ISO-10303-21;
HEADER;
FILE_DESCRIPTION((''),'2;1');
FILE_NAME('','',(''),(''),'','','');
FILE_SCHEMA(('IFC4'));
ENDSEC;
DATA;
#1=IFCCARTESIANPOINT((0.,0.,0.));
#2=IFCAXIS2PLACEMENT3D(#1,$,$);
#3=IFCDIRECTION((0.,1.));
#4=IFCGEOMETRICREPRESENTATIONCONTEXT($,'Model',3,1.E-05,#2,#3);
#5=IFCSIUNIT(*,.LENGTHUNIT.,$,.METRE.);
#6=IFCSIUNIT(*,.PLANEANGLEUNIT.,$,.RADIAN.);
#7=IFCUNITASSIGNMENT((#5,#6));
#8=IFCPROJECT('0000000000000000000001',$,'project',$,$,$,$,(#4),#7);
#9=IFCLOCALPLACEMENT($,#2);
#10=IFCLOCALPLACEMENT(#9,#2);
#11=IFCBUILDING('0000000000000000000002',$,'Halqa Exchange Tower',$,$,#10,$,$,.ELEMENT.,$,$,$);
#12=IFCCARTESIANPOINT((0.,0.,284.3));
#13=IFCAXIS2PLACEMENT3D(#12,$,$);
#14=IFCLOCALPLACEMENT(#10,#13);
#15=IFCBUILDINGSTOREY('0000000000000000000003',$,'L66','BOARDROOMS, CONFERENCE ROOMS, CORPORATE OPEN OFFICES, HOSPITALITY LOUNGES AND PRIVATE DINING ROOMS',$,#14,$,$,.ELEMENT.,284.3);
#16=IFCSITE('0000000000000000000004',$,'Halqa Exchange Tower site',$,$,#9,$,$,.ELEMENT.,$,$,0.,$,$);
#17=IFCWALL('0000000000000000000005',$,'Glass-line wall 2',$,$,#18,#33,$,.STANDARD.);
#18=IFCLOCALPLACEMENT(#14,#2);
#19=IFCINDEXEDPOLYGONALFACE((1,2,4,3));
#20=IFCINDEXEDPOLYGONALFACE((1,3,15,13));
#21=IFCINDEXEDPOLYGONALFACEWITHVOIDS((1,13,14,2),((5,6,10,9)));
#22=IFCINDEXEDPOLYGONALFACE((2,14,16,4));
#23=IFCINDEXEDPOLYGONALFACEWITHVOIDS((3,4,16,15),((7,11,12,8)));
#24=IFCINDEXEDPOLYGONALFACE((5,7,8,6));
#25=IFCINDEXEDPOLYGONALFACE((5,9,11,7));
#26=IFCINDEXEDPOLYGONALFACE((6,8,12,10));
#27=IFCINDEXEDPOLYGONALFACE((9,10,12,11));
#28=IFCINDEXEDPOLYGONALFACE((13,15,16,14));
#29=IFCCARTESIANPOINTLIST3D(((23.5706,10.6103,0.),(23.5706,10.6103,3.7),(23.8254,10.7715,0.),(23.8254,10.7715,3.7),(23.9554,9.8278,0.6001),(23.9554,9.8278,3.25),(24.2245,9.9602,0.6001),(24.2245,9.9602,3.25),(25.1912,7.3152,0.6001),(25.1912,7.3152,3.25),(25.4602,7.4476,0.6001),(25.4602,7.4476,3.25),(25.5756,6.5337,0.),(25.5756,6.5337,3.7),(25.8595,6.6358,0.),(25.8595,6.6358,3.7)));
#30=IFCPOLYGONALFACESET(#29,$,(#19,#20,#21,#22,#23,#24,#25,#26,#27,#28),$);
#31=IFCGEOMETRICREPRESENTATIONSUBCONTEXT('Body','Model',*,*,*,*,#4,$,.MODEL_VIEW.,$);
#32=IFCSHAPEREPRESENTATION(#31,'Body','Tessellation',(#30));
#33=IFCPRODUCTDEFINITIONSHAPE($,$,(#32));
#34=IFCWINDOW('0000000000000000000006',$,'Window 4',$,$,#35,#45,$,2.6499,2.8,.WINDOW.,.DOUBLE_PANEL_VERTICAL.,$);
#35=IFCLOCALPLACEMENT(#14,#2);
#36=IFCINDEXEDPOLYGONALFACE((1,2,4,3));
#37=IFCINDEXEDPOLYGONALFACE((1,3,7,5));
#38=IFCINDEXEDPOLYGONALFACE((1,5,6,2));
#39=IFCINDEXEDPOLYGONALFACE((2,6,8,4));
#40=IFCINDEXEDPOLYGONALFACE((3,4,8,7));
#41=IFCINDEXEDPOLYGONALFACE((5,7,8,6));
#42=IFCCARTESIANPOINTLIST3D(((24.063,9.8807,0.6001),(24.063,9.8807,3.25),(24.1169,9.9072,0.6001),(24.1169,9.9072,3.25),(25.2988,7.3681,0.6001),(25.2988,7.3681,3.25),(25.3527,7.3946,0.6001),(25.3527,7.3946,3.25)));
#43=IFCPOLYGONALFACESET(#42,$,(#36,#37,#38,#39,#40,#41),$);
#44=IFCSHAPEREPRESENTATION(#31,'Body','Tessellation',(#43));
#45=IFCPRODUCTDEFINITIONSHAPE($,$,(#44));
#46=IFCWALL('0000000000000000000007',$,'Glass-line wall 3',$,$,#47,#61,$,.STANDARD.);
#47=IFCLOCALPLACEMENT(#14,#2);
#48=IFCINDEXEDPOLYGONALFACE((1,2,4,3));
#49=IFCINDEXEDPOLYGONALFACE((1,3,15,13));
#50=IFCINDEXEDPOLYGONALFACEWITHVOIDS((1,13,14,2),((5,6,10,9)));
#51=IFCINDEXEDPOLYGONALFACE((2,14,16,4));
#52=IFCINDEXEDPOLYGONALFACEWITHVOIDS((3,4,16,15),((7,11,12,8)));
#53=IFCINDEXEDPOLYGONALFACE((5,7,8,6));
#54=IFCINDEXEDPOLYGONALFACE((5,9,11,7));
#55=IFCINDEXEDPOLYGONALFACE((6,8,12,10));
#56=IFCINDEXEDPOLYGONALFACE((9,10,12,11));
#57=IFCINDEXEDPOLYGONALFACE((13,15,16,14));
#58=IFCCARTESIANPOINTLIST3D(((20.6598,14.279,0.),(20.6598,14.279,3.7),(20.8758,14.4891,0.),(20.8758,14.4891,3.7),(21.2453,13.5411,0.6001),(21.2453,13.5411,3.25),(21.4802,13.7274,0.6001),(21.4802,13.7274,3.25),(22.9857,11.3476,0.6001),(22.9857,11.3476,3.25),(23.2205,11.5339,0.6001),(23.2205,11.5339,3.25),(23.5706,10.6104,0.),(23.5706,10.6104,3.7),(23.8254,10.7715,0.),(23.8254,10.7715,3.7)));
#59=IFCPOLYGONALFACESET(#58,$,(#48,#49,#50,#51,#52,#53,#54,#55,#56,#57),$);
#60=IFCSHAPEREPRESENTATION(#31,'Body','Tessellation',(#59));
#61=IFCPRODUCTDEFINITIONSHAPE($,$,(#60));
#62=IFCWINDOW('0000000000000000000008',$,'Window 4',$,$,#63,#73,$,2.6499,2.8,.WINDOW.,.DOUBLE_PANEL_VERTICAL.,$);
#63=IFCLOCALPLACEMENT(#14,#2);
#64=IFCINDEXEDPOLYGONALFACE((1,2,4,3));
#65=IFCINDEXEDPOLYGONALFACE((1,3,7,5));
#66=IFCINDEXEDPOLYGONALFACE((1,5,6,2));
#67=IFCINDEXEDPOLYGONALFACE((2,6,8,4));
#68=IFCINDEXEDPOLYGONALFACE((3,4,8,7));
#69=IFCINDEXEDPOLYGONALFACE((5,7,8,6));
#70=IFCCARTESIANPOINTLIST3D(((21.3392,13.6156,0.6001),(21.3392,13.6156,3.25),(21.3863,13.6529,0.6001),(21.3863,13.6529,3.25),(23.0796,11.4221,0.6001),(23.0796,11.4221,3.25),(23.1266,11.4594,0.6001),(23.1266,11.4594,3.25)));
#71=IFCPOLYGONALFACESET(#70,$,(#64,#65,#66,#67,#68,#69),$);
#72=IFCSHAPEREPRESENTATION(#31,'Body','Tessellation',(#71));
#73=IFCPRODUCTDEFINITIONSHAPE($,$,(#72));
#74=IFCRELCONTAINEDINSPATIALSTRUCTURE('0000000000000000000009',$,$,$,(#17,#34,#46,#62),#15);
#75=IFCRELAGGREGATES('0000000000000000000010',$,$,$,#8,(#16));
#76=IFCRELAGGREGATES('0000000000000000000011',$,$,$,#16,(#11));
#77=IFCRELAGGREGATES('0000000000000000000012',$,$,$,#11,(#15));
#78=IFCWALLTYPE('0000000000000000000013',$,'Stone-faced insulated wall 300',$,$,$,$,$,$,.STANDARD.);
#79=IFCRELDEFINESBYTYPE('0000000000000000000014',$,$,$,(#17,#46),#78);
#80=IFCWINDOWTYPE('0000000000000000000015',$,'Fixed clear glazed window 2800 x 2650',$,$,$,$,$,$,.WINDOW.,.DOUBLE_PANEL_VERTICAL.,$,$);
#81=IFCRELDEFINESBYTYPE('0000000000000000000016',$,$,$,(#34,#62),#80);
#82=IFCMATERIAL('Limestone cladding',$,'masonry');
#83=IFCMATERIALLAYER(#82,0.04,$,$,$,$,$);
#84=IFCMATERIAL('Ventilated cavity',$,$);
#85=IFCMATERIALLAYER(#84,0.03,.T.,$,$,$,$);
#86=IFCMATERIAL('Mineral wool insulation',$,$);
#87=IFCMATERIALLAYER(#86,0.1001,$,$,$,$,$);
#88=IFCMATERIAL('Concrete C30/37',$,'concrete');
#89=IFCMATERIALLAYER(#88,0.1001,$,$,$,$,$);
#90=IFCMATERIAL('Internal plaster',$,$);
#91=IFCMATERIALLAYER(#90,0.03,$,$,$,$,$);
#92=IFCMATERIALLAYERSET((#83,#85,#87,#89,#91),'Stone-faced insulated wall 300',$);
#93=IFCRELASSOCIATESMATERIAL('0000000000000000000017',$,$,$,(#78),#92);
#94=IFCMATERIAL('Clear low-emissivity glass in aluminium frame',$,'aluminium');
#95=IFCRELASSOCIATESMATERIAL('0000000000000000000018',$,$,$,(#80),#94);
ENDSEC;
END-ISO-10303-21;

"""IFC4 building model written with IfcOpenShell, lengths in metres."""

from ifc_helpers import new_model, si_unit, direction, frame, frame_2d, origin, place, context, subcontext, project, spatial, polyline, rectangle, outline, extrude, material, layer, layer_set, type_object, element, fill, save


model = new_model("IFC4")

# Units and contexts
model_context = context("Model", 3, precision=1e-05, world=origin(), true_north=direction((0.0, 1.0)))
body_context = subcontext(model_context, "Body", "Model", "MODEL_VIEW")
ifc_project = project(units=[si_unit("LENGTHUNIT", "METRE"), si_unit("PLANEANGLEUNIT", "RADIAN")], contexts=[model_context])

# Site, building, storey
site_placement = place(None, origin())
site = spatial("IfcSite", under=ifc_project, at=site_placement, Name="Halqa Exchange Tower site", CompositionType="ELEMENT", RefElevation=0.0)
building_placement = place(site_placement, origin())
building = spatial("IfcBuilding", under=site, at=building_placement, Name="Halqa Exchange Tower", CompositionType="ELEMENT")
storey_placement = place(building_placement, frame((0.0, 0.0, 284.3)))
storey = spatial("IfcBuildingStorey", under=building, at=storey_placement, Name="L66", Description="BOARDROOMS, CONFERENCE ROOMS, CORPORATE OPEN OFFICES, HOSPITALITY LOUNGES AND PRIVATE DINING ROOMS", CompositionType="ELEMENT", Elevation=284.3)

# Walls, openings, windows
ifc_material_1 = material(Name="Limestone cladding", Category="masonry")
ifc_layer_1 = layer(ifc_material_1, 0.04)
ifc_material_2 = material(Name="Ventilated cavity")
ifc_layer_2 = layer(ifc_material_2, 0.03, ventilated=True)
ifc_material_3 = material(Name="Mineral wool insulation")
ifc_layer_3 = layer(ifc_material_3, 0.1001)
ifc_material_4 = material(Name="Concrete C30/37", Category="concrete")
ifc_layer_4 = layer(ifc_material_4, 0.1001)
ifc_material_5 = material(Name="Internal plaster")
ifc_layer_5 = layer(ifc_material_5, 0.03)
ifc_layer_set_1 = layer_set([ifc_layer_1, ifc_layer_2, ifc_layer_3, ifc_layer_4, ifc_layer_5], Name="Stone-faced insulated wall 300")
wall_type_1 = type_object("IfcWallType", Name="Stone-faced insulated wall 300", PredefinedType="STANDARD", material=ifc_layer_set_1)
ifc_material_6 = material(Name="Clear low-emissivity glass in aluminium frame", Category="aluminium")
window_type = type_object("IfcWindowType", Name="Fixed clear glazed window 2800 x 2650", PartitioningType="DOUBLE_PANEL_VERTICAL", PredefinedType="WINDOW", material=ifc_material_6)
wall_1_placement = place(storey_placement, frame((25.7175, 6.5847, 0.0), z_axis=(0.0, 0.0, 1.0), x_axis=(-0.441335, 0.897342, 0.0)))
wall_1 = element("IfcWall", 1, at=wall_1_placement, inside=storey, type_object=wall_type_1, Name="Glass-line wall 2", PredefinedType="STANDARD", context=body_context, shape_type="SweptSolid", body=[
    extrude(outline(polyline([(-0.0168, -0.1499), (4.592, -0.1499), (4.5598, 0.1499), (0.0168, 0.1499), (-0.0168, -0.1499)])), origin(), (0.0, 0.0, 1.0), 3.7),
])
opening_1_placement = place(wall_1_placement, frame((0.8879, 0.0, 0.6001)))
opening_1 = element("IfcOpeningElement", 2, at=opening_1_placement, cuts=wall_1, PredefinedType="OPENING", context=body_context, shape_type="SweptSolid", body=[
    extrude(rectangle(XDim=2.8, YDim=2.6499, at=frame_2d((1.3999, 1.325))), frame((0.0, 0.1621, 0.0), z_axis=(0.0, -1.0, 0.0), x_axis=(1.0, 0.0, 0.0)), (0.0, 0.0, 1.0), 0.324),
])
window_1_placement = place(opening_1_placement, origin())
window_1 = element("IfcWindow", 3, at=window_1_placement, inside=storey, type_object=window_type, Name="Window 4", OverallHeight=2.6499, OverallWidth=2.8, PartitioningType="DOUBLE_PANEL_VERTICAL", PredefinedType="WINDOW", context=body_context, shape_type="SweptSolid", body=[
    extrude(rectangle(XDim=2.8, YDim=2.6499, at=frame_2d((1.3999, 1.325))), frame((0.0, 0.03, 0.0), z_axis=(0.0, -1.0, 0.0), x_axis=(1.0, 0.0, 0.0)), (0.0, 0.0, 1.0), 0.0601),
])
fill(opening_1, window_1)
wall_2_placement = place(storey_placement, frame((23.698, 10.6909, 0.0), z_axis=(0.0, 0.0, 1.0), x_axis=(-0.621545, 0.783379, 0.0)))
wall_2 = element("IfcWall", 4, at=wall_2_placement, inside=storey, type_object=wall_type_1, Name="Glass-line wall 3", PredefinedType="STANDARD", context=body_context, shape_type="SweptSolid", body=[
    extrude(outline(polyline([(-0.0161, -0.1499), (4.7295, -0.1499), (4.6992, 0.1499), (0.0161, 0.1499), (-0.0161, -0.1499)])), origin(), (0.0, 0.0, 1.0), 3.7),
])
opening_2_placement = place(wall_2_placement, frame((0.9573, 0.0, 0.6001)))
opening_2 = element("IfcOpeningElement", 5, at=opening_2_placement, cuts=wall_2, PredefinedType="OPENING", context=body_context, shape_type="SweptSolid", body=[
    extrude(rectangle(XDim=2.8, YDim=2.6499, at=frame_2d((1.3999, 1.325))), frame((0.0, 0.1621, 0.0), z_axis=(0.0, -1.0, 0.0), x_axis=(1.0, 0.0, 0.0)), (0.0, 0.0, 1.0), 0.324),
])
window_2_placement = place(opening_2_placement, origin())
window_2 = element("IfcWindow", 6, at=window_2_placement, inside=storey, type_object=window_type, Name="Window 4", OverallHeight=2.6499, OverallWidth=2.8, PartitioningType="DOUBLE_PANEL_VERTICAL", PredefinedType="WINDOW", context=body_context, shape_type="SweptSolid", body=[
    extrude(rectangle(XDim=2.8, YDim=2.6499, at=frame_2d((1.3999, 1.325))), frame((0.0, 0.03, 0.0), z_axis=(0.0, -1.0, 0.0), x_axis=(1.0, 0.0, 0.0)), (0.0, 0.0, 1.0), 0.0601),
])
fill(opening_2, window_2)

save(model, "model.ifc")
